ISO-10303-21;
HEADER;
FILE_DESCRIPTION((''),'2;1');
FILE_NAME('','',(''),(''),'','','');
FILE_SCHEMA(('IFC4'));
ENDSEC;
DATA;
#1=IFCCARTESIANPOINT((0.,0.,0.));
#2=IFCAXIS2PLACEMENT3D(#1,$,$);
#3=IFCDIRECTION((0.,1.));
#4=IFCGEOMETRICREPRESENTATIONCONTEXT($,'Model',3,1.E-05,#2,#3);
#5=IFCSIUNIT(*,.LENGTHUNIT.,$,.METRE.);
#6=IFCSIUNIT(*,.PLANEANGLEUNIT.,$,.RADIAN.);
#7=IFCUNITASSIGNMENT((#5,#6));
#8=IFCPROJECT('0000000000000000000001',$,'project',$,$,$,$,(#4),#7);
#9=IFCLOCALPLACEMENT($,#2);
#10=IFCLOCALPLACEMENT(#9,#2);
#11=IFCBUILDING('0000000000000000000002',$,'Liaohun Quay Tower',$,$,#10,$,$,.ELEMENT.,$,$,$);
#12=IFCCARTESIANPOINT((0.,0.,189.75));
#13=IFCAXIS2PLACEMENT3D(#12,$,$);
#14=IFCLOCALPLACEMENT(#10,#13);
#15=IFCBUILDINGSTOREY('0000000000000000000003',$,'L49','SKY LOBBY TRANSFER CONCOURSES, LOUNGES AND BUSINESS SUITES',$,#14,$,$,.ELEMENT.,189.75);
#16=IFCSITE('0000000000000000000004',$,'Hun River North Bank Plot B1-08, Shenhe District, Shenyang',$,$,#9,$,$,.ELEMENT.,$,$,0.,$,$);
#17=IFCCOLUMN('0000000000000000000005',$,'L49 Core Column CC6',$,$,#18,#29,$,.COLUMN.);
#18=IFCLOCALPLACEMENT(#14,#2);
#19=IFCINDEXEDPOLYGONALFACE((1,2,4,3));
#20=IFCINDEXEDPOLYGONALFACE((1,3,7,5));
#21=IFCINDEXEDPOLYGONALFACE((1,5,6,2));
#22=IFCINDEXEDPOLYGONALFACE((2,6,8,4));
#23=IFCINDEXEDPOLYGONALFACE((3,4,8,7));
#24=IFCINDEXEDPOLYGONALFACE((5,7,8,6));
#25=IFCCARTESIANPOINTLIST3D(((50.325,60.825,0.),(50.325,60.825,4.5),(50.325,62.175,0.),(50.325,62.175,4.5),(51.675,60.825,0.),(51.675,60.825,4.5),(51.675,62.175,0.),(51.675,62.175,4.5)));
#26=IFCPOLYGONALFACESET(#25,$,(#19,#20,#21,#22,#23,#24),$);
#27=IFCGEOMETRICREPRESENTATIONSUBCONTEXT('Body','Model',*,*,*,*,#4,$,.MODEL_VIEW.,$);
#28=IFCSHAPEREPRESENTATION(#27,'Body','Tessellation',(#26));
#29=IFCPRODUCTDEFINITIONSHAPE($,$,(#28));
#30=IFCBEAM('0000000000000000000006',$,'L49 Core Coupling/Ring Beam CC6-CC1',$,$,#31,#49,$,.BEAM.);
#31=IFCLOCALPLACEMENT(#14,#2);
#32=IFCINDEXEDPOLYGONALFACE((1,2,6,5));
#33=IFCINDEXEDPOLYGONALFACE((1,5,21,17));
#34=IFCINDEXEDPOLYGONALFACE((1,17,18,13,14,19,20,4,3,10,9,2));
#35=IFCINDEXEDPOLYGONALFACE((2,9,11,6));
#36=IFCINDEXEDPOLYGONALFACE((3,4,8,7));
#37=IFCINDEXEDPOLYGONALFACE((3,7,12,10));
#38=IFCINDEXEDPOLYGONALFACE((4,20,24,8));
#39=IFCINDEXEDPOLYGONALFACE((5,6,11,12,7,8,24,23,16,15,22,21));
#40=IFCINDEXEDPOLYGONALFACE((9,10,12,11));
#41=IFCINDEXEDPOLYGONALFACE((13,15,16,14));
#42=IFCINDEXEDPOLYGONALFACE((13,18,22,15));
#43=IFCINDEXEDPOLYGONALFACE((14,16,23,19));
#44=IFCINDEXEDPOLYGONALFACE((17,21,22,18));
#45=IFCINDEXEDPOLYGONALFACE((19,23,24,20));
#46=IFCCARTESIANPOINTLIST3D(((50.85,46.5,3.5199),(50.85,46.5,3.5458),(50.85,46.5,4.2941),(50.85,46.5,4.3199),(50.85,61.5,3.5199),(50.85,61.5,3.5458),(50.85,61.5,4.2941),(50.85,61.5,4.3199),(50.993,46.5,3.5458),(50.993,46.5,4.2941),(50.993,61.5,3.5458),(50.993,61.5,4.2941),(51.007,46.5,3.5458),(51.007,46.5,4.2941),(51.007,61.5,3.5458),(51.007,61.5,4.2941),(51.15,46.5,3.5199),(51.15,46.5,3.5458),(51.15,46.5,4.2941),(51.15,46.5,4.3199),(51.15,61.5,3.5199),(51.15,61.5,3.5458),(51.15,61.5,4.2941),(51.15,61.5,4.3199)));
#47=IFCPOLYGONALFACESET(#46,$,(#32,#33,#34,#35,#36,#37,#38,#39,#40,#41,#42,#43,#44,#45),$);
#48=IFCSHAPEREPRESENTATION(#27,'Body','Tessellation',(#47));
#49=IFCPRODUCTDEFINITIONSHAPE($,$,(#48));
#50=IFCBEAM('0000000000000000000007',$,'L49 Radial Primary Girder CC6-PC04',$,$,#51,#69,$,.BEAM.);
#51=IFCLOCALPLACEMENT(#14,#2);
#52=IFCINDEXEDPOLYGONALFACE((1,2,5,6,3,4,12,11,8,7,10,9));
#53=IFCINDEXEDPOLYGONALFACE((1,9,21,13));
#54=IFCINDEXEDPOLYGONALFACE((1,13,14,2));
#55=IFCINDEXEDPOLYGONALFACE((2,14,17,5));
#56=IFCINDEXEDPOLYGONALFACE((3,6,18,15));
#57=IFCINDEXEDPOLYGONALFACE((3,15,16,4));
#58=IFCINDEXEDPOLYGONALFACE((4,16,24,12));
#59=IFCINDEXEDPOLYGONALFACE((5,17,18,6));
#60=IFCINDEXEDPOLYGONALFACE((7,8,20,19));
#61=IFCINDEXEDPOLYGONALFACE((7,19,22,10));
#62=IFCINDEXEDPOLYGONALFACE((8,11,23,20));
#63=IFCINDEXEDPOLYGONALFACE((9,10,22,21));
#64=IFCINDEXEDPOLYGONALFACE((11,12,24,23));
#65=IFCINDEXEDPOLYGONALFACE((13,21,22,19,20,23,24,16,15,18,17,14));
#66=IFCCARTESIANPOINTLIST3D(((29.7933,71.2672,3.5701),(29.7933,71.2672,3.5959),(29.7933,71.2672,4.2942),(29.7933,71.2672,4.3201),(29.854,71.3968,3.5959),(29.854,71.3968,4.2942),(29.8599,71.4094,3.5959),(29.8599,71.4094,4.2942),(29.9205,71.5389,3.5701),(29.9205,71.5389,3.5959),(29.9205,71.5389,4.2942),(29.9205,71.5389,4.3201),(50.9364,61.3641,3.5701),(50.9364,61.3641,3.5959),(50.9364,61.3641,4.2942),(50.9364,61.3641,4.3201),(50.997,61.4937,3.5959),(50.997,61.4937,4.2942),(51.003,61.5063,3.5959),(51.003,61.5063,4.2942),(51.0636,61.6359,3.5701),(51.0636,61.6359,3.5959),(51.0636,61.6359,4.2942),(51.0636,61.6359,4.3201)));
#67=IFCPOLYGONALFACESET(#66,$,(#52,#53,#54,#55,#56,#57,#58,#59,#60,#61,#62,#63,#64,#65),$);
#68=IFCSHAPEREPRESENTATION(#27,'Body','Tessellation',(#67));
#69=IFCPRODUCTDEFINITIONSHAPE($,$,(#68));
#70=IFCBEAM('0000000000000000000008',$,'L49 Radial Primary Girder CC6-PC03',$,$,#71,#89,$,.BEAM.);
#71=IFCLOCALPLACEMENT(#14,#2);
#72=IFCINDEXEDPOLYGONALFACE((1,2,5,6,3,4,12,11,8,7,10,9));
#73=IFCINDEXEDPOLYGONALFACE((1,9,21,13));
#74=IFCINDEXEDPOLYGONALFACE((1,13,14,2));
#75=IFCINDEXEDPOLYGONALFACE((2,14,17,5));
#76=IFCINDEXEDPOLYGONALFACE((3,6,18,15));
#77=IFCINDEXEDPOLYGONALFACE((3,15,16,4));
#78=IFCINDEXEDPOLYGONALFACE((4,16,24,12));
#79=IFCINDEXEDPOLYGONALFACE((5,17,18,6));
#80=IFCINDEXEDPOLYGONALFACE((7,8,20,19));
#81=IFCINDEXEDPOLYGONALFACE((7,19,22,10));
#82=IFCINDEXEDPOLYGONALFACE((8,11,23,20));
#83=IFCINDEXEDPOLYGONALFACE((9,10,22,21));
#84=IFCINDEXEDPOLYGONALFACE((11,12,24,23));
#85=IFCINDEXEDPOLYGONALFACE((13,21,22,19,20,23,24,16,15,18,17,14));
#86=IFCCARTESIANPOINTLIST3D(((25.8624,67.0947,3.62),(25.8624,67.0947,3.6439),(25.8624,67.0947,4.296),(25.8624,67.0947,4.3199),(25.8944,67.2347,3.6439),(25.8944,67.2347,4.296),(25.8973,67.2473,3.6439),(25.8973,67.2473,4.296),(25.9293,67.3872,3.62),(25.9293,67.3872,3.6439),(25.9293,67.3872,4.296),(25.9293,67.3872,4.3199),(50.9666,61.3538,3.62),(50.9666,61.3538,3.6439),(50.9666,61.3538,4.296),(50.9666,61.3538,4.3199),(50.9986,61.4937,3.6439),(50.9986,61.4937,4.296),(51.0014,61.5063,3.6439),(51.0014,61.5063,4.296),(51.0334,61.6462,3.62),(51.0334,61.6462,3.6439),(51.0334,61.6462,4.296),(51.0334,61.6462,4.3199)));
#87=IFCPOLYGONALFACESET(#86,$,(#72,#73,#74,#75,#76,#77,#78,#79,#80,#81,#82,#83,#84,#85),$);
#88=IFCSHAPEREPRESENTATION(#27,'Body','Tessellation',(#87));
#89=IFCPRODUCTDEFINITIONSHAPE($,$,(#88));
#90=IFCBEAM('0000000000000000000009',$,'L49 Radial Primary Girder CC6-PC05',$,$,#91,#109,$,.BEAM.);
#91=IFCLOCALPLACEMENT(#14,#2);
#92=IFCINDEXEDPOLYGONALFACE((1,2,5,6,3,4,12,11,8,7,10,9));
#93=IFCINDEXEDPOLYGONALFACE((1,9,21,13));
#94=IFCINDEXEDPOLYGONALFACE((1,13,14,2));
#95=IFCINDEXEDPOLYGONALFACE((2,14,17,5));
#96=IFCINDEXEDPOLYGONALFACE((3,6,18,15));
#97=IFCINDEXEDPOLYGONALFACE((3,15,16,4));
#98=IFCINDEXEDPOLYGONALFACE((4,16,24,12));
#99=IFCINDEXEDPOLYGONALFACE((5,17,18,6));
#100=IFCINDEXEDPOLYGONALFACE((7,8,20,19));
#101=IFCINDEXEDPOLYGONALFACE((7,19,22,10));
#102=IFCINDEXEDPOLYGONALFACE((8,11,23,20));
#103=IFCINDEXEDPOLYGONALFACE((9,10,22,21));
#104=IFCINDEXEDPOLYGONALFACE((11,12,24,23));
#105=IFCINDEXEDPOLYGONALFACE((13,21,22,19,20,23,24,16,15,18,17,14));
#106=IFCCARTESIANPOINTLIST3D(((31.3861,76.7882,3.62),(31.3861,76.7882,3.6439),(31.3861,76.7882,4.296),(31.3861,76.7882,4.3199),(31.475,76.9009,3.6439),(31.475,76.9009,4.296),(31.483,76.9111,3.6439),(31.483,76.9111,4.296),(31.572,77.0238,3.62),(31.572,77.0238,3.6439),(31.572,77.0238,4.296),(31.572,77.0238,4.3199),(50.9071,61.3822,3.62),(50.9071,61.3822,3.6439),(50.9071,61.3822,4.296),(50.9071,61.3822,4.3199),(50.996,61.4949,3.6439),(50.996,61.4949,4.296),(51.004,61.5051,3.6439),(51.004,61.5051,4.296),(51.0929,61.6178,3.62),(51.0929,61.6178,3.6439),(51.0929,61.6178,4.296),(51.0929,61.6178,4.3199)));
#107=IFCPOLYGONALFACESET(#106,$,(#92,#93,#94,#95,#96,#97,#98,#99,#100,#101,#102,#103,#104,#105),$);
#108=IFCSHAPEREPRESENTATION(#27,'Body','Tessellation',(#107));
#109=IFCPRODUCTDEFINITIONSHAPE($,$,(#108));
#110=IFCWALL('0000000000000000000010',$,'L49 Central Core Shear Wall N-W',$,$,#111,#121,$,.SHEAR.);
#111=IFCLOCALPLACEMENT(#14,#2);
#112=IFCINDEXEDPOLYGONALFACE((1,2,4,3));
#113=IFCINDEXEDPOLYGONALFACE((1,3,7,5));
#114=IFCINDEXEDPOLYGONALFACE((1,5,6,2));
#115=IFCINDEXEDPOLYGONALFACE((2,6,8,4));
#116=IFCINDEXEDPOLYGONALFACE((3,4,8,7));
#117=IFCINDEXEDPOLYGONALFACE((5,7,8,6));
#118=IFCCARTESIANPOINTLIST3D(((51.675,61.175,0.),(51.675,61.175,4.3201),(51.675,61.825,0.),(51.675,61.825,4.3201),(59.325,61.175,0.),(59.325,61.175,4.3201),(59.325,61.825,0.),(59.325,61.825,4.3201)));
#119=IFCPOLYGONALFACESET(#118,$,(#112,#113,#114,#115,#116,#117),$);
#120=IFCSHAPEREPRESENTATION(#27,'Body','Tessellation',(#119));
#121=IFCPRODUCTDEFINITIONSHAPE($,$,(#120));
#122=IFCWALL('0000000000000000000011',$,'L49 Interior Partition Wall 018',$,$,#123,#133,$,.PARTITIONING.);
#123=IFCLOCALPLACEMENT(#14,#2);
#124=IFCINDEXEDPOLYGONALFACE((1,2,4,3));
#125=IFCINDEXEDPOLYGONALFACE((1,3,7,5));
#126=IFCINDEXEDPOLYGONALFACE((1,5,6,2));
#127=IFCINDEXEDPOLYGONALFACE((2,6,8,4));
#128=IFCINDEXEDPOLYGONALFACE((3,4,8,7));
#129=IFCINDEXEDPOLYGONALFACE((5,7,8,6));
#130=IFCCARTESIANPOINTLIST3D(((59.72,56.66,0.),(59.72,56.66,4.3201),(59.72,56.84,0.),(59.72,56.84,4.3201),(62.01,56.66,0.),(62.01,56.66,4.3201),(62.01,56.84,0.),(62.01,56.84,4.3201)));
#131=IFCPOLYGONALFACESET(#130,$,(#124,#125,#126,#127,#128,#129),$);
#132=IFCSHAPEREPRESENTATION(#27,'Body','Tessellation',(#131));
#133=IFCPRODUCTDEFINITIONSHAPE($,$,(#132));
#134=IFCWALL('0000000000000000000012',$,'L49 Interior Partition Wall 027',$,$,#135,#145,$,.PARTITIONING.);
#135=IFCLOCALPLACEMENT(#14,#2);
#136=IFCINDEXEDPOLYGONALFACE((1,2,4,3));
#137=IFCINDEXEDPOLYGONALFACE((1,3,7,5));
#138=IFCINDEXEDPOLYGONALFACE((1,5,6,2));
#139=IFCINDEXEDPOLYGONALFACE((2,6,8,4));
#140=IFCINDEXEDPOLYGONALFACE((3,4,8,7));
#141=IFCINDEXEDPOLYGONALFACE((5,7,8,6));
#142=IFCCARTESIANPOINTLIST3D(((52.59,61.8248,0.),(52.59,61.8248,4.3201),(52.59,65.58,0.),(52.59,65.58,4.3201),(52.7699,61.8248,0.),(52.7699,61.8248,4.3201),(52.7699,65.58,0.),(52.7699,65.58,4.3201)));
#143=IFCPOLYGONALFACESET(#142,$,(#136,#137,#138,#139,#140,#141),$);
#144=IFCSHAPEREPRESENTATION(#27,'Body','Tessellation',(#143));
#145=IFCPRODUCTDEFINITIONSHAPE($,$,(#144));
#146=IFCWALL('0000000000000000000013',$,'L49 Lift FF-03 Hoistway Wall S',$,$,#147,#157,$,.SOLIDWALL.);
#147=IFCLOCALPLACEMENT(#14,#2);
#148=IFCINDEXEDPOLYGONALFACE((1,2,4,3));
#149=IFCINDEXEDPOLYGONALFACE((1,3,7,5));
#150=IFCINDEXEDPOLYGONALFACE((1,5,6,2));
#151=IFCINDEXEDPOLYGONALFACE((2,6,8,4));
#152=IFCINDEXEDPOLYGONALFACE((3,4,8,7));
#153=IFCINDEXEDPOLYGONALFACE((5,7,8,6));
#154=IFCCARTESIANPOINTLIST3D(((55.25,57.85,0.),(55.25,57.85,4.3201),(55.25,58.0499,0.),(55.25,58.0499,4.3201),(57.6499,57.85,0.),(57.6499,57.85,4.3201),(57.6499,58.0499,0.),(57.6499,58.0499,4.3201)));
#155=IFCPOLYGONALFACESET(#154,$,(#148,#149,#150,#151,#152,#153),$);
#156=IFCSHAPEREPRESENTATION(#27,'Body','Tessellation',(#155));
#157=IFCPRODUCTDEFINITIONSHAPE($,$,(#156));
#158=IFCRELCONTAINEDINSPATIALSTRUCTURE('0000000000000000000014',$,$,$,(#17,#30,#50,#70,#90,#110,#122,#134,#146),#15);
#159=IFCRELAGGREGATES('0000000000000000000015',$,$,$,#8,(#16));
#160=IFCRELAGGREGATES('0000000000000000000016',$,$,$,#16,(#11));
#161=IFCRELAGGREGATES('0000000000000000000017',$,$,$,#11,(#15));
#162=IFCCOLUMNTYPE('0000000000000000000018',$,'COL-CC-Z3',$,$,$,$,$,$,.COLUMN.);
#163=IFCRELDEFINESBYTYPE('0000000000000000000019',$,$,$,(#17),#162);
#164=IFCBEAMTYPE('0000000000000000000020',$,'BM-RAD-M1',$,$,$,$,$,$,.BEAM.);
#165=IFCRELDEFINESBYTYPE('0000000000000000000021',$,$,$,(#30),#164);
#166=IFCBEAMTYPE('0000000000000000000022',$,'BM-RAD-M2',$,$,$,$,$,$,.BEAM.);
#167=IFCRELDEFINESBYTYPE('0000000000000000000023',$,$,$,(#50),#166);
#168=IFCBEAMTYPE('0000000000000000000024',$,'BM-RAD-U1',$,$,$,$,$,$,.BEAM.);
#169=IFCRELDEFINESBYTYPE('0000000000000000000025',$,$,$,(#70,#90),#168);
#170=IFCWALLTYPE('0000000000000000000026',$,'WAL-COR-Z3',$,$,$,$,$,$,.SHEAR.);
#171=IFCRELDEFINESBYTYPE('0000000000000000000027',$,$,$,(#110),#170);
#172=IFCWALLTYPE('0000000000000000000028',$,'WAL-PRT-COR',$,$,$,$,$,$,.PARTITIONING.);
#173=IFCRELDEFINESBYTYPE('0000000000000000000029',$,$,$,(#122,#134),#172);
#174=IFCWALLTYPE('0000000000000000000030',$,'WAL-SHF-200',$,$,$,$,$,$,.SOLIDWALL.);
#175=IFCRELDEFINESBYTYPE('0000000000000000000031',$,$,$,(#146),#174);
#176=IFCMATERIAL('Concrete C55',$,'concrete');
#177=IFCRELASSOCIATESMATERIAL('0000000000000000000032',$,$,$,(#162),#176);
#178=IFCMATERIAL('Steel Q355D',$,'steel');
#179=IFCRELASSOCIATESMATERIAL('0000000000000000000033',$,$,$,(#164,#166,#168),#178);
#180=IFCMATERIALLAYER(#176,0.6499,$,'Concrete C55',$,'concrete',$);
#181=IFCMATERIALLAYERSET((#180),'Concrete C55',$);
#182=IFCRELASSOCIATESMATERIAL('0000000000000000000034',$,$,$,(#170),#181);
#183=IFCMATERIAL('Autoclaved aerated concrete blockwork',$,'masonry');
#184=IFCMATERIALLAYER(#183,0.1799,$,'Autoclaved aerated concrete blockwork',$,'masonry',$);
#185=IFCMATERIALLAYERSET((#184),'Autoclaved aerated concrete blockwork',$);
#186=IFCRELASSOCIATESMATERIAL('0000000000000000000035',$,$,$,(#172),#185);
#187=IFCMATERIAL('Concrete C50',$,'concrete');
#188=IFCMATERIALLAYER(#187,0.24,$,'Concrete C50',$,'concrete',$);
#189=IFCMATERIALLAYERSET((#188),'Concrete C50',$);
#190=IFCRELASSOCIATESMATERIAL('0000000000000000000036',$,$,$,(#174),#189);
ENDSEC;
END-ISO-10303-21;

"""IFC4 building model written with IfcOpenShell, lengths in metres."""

from ifc_helpers import new_model, si_unit, direction, frame, frame_2d, origin, origin_2d, place, context, subcontext, project, spatial, rectangle, i_section, extrude, source, transform, mapped, material, layer, layer_set, material_profile, profile_set, type_object, element, save


model = new_model("IFC4")

# Units and contexts
model_context = context("Model", 3, precision=1e-05, world=origin(), true_north=direction((0.0, 1.0)))
body_context = subcontext(model_context, "Body", "Model", "MODEL_VIEW")
ifc_project = project(units=[si_unit("LENGTHUNIT", "METRE"), si_unit("PLANEANGLEUNIT", "RADIAN")], contexts=[model_context])

# Site, building, storey
site_placement = place(None, origin())
site = spatial("IfcSite", under=ifc_project, at=site_placement, Name="Hun River North Bank Plot B1-08, Shenhe District, Shenyang", CompositionType="ELEMENT", RefElevation=0.0)
building_placement = place(site_placement, origin())
building = spatial("IfcBuilding", under=site, at=building_placement, Name="Liaohun Quay Tower", CompositionType="ELEMENT")
storey_placement = place(building_placement, frame((0.0, 0.0, 189.75)))
storey = spatial("IfcBuildingStorey", under=building, at=storey_placement, Name="L49", Description="SKY LOBBY TRANSFER CONCOURSES, LOUNGES AND BUSINESS SUITES", CompositionType="ELEMENT", Elevation=189.75)

# Column
ifc_material_1 = material(Name="Concrete C55", Category="concrete")
ifc_material_profile_1 = material_profile(ifc_material_1, rectangle(XDim=1.3501, YDim=1.3501, at=origin_2d()), Name="RC1350x1350")
ifc_profile_set_1 = profile_set([ifc_material_profile_1], Name="Concrete C55")
column_type = type_object("IfcColumnType", Name="COL-CC-Z3", PredefinedType="COLUMN", material=ifc_profile_set_1)
shared_shape_1 = source(origin(), body_context, "Body", "SweptSolid", [
    extrude(rectangle(XDim=1.3501, YDim=1.3501, at=origin_2d()), origin(), (0.0, 0.0, 1.0), 4.5),
])
column_placement = place(storey_placement, frame((51.0, 61.5, 0.0), z_axis=(0.0, 0.0, 1.0), x_axis=(1.0, 0.0, 0.0)))
element("IfcColumn", 1, at=column_placement, inside=storey, type_object=column_type, Name="L49 Core Column CC6", PredefinedType="COLUMN", context=body_context, shape_type="MappedRepresentation", body=[
    mapped(shared_shape_1, transform((0.0, 0.0, 0.0), x_axis=(1.0, 0.0, 0.0), y_axis=(0.0, 1.0, 0.0), z_axis=(0.0, 0.0, 1.0), scale=1.0)),
])

# Beams
ifc_material_2 = material(Name="Steel Q355D", Category="steel")
ifc_material_profile_2 = material_profile(ifc_material_2, i_section(OverallWidth=0.3, OverallDepth=0.8, WebThickness=0.0139, FlangeThickness=0.0259, at=origin_2d()), Name="HN800x300x14x26")
ifc_profile_set_2 = profile_set([ifc_material_profile_2], Name="Steel Q355D")
beam_type_1 = type_object("IfcBeamType", Name="BM-RAD-M1", PredefinedType="BEAM", material=ifc_profile_set_2)
shared_shape_2 = source(origin(), body_context, "Body", "SweptSolid", [
    extrude(i_section(OverallWidth=0.3, OverallDepth=0.8, WebThickness=0.0139, FlangeThickness=0.0259, at=origin_2d()), origin(), (0.0, 0.0, 1.0), 15.0),
])
beam_1_placement = place(storey_placement, frame((51.0, 61.5, 3.9199), z_axis=(0.0, -1.0, 0.0), x_axis=(1.0, 0.0, 0.0)))
element("IfcBeam", 2, at=beam_1_placement, inside=storey, type_object=beam_type_1, Name="L49 Core Coupling/Ring Beam CC6-CC1", PredefinedType="BEAM", context=body_context, shape_type="MappedRepresentation", body=[
    mapped(shared_shape_2, transform((0.0, 0.0, 0.0), x_axis=(1.0, 0.0, 0.0), y_axis=(0.0, 1.0, 0.0), z_axis=(0.0, 0.0, 1.0), scale=1.0)),
])
ifc_material_profile_3 = material_profile(ifc_material_2, i_section(OverallWidth=0.3, OverallDepth=0.75, WebThickness=0.0139, FlangeThickness=0.0259, at=origin_2d()), Name="HN750x300x14x26")
ifc_profile_set_3 = profile_set([ifc_material_profile_3], Name="Steel Q355D")
beam_type_2 = type_object("IfcBeamType", Name="BM-RAD-M2", PredefinedType="BEAM", material=ifc_profile_set_3)
shared_shape_3 = source(origin(), body_context, "Body", "SweptSolid", [
    extrude(i_section(OverallWidth=0.3, OverallDepth=0.75, WebThickness=0.0139, FlangeThickness=0.0259, at=origin_2d()), origin(), (0.0, 0.0, 1.0), 23.3474),
])
beam_2_placement = place(storey_placement, frame((51.0, 61.5, 3.9451), z_axis=(-0.905586, 0.424162, 0.0), x_axis=(-0.424162, -0.905586, 0.0)))
element("IfcBeam", 3, at=beam_2_placement, inside=storey, type_object=beam_type_2, Name="L49 Radial Primary Girder CC6-PC04", PredefinedType="BEAM", context=body_context, shape_type="MappedRepresentation", body=[
    mapped(shared_shape_3, transform((0.0, 0.0, 0.0), x_axis=(1.0, 0.0, 0.0), y_axis=(0.0, 1.0, 0.0), z_axis=(0.0, 0.0, 1.0), scale=1.0)),
])
ifc_material_profile_4 = material_profile(ifc_material_2, i_section(OverallWidth=0.3, OverallDepth=0.7, WebThickness=0.0129, FlangeThickness=0.0239, at=origin_2d()), Name="HN700x300x13x24")
ifc_profile_set_4 = profile_set([ifc_material_profile_4], Name="Steel Q355D")
beam_type_3 = type_object("IfcBeamType", Name="BM-RAD-U1", PredefinedType="BEAM", material=ifc_profile_set_4)
shared_shape_4 = source(origin(), body_context, "Body", "SweptSolid", [
    extrude(i_section(OverallWidth=0.3, OverallDepth=0.7, WebThickness=0.0129, FlangeThickness=0.0239, at=origin_2d()), origin(), (0.0, 0.0, 1.0), 25.7522),
])
beam_3_placement = place(storey_placement, frame((51.0, 61.5, 3.97), z_axis=(-0.974834, 0.222932, 0.0), x_axis=(-0.222932, -0.974834, 0.0)))
element("IfcBeam", 4, at=beam_3_placement, inside=storey, type_object=beam_type_3, Name="L49 Radial Primary Girder CC6-PC03", PredefinedType="BEAM", context=body_context, shape_type="MappedRepresentation", body=[
    mapped(shared_shape_4, transform((0.0, 0.0, 0.0), x_axis=(1.0, 0.0, 0.0), y_axis=(0.0, 1.0, 0.0), z_axis=(0.0, 0.0, 1.0), scale=1.0)),
])
shared_shape_5 = source(origin(), body_context, "Body", "SweptSolid", [
    extrude(i_section(OverallWidth=0.3, OverallDepth=0.7, WebThickness=0.0129, FlangeThickness=0.0239, at=origin_2d()), origin(), (0.0, 0.0, 1.0), 24.8679),
])
beam_4_placement = place(storey_placement, frame((51.0, 61.5, 3.97), z_axis=(-0.784987, 0.619513, 0.0), x_axis=(-0.619513, -0.784987, 0.0)))
element("IfcBeam", 5, at=beam_4_placement, inside=storey, type_object=beam_type_3, Name="L49 Radial Primary Girder CC6-PC05", PredefinedType="BEAM", context=body_context, shape_type="MappedRepresentation", body=[
    mapped(shared_shape_5, transform((0.0, 0.0, 0.0), x_axis=(1.0, 0.0, 0.0), y_axis=(0.0, 1.0, 0.0), z_axis=(0.0, 0.0, 1.0), scale=1.0)),
])

# Walls
ifc_layer_1 = layer(ifc_material_1, 0.6499, Name="Concrete C55", Category="concrete")
ifc_layer_set_1 = layer_set([ifc_layer_1], Name="Concrete C55")
wall_type_1 = type_object("IfcWallType", Name="WAL-COR-Z3", PredefinedType="SHEAR", material=ifc_layer_set_1)
wall_1_placement = place(storey_placement, frame((51.675, 61.5, 0.0), z_axis=(0.0, 0.0, 1.0), x_axis=(1.0, 0.0, 0.0)))
element("IfcWall", 6, at=wall_1_placement, inside=storey, type_object=wall_type_1, Name="L49 Central Core Shear Wall N-W", PredefinedType="SHEAR", context=body_context, shape_type="SweptSolid", body=[
    extrude(rectangle(XDim=7.6499, YDim=0.6499, at=frame_2d((3.825, 0.0))), origin(), (0.0, 0.0, 1.0), 4.3201),
])
ifc_material_3 = material(Name="Autoclaved aerated concrete blockwork", Category="masonry")
ifc_layer_2 = layer(ifc_material_3, 0.1799, Name="Autoclaved aerated concrete blockwork", Category="masonry")
ifc_layer_set_2 = layer_set([ifc_layer_2], Name="Autoclaved aerated concrete blockwork")
wall_type_2 = type_object("IfcWallType", Name="WAL-PRT-COR", PredefinedType="PARTITIONING", material=ifc_layer_set_2)
wall_2_placement = place(storey_placement, frame((59.72, 56.75, 0.0), z_axis=(0.0, 0.0, 1.0), x_axis=(1.0, 0.0, 0.0)))
element("IfcWall", 7, at=wall_2_placement, inside=storey, type_object=wall_type_2, Name="L49 Interior Partition Wall 018", PredefinedType="PARTITIONING", context=body_context, shape_type="SweptSolid", body=[
    extrude(rectangle(XDim=2.29, YDim=0.1799, at=frame_2d((1.145, 0.0))), origin(), (0.0, 0.0, 1.0), 4.3201),
])
wall_3_placement = place(storey_placement, frame((52.6799, 61.825, 0.0), z_axis=(0.0, 0.0, 1.0), x_axis=(0.0, 1.0, 0.0)))
element("IfcWall", 8, at=wall_3_placement, inside=storey, type_object=wall_type_2, Name="L49 Interior Partition Wall 027", PredefinedType="PARTITIONING", context=body_context, shape_type="SweptSolid", body=[
    extrude(rectangle(XDim=3.7551, YDim=0.1799, at=frame_2d((1.8774, 0.0))), origin(), (0.0, 0.0, 1.0), 4.3201),
])
ifc_material_4 = material(Name="Concrete C50", Category="concrete")
ifc_layer_3 = layer(ifc_material_4, 0.24, Name="Concrete C50", Category="concrete")
ifc_layer_set_3 = layer_set([ifc_layer_3], Name="Concrete C50")
wall_type_3 = type_object("IfcWallType", Name="WAL-SHF-200", PredefinedType="SOLIDWALL", material=ifc_layer_set_3)
wall_4_placement = place(storey_placement, frame((55.25, 57.95, 0.0), z_axis=(0.0, 0.0, 1.0), x_axis=(1.0, 0.0, 0.0)))
element("IfcWall", 9, at=wall_4_placement, inside=storey, type_object=wall_type_3, Name="L49 Lift FF-03 Hoistway Wall S", PredefinedType="SOLIDWALL", context=body_context, shape_type="SweptSolid", body=[
    extrude(rectangle(XDim=2.3999, YDim=0.2, at=frame_2d((1.2, 0.0))), origin(), (0.0, 0.0, 1.0), 4.3201),
])

save(model, "model.ifc")
